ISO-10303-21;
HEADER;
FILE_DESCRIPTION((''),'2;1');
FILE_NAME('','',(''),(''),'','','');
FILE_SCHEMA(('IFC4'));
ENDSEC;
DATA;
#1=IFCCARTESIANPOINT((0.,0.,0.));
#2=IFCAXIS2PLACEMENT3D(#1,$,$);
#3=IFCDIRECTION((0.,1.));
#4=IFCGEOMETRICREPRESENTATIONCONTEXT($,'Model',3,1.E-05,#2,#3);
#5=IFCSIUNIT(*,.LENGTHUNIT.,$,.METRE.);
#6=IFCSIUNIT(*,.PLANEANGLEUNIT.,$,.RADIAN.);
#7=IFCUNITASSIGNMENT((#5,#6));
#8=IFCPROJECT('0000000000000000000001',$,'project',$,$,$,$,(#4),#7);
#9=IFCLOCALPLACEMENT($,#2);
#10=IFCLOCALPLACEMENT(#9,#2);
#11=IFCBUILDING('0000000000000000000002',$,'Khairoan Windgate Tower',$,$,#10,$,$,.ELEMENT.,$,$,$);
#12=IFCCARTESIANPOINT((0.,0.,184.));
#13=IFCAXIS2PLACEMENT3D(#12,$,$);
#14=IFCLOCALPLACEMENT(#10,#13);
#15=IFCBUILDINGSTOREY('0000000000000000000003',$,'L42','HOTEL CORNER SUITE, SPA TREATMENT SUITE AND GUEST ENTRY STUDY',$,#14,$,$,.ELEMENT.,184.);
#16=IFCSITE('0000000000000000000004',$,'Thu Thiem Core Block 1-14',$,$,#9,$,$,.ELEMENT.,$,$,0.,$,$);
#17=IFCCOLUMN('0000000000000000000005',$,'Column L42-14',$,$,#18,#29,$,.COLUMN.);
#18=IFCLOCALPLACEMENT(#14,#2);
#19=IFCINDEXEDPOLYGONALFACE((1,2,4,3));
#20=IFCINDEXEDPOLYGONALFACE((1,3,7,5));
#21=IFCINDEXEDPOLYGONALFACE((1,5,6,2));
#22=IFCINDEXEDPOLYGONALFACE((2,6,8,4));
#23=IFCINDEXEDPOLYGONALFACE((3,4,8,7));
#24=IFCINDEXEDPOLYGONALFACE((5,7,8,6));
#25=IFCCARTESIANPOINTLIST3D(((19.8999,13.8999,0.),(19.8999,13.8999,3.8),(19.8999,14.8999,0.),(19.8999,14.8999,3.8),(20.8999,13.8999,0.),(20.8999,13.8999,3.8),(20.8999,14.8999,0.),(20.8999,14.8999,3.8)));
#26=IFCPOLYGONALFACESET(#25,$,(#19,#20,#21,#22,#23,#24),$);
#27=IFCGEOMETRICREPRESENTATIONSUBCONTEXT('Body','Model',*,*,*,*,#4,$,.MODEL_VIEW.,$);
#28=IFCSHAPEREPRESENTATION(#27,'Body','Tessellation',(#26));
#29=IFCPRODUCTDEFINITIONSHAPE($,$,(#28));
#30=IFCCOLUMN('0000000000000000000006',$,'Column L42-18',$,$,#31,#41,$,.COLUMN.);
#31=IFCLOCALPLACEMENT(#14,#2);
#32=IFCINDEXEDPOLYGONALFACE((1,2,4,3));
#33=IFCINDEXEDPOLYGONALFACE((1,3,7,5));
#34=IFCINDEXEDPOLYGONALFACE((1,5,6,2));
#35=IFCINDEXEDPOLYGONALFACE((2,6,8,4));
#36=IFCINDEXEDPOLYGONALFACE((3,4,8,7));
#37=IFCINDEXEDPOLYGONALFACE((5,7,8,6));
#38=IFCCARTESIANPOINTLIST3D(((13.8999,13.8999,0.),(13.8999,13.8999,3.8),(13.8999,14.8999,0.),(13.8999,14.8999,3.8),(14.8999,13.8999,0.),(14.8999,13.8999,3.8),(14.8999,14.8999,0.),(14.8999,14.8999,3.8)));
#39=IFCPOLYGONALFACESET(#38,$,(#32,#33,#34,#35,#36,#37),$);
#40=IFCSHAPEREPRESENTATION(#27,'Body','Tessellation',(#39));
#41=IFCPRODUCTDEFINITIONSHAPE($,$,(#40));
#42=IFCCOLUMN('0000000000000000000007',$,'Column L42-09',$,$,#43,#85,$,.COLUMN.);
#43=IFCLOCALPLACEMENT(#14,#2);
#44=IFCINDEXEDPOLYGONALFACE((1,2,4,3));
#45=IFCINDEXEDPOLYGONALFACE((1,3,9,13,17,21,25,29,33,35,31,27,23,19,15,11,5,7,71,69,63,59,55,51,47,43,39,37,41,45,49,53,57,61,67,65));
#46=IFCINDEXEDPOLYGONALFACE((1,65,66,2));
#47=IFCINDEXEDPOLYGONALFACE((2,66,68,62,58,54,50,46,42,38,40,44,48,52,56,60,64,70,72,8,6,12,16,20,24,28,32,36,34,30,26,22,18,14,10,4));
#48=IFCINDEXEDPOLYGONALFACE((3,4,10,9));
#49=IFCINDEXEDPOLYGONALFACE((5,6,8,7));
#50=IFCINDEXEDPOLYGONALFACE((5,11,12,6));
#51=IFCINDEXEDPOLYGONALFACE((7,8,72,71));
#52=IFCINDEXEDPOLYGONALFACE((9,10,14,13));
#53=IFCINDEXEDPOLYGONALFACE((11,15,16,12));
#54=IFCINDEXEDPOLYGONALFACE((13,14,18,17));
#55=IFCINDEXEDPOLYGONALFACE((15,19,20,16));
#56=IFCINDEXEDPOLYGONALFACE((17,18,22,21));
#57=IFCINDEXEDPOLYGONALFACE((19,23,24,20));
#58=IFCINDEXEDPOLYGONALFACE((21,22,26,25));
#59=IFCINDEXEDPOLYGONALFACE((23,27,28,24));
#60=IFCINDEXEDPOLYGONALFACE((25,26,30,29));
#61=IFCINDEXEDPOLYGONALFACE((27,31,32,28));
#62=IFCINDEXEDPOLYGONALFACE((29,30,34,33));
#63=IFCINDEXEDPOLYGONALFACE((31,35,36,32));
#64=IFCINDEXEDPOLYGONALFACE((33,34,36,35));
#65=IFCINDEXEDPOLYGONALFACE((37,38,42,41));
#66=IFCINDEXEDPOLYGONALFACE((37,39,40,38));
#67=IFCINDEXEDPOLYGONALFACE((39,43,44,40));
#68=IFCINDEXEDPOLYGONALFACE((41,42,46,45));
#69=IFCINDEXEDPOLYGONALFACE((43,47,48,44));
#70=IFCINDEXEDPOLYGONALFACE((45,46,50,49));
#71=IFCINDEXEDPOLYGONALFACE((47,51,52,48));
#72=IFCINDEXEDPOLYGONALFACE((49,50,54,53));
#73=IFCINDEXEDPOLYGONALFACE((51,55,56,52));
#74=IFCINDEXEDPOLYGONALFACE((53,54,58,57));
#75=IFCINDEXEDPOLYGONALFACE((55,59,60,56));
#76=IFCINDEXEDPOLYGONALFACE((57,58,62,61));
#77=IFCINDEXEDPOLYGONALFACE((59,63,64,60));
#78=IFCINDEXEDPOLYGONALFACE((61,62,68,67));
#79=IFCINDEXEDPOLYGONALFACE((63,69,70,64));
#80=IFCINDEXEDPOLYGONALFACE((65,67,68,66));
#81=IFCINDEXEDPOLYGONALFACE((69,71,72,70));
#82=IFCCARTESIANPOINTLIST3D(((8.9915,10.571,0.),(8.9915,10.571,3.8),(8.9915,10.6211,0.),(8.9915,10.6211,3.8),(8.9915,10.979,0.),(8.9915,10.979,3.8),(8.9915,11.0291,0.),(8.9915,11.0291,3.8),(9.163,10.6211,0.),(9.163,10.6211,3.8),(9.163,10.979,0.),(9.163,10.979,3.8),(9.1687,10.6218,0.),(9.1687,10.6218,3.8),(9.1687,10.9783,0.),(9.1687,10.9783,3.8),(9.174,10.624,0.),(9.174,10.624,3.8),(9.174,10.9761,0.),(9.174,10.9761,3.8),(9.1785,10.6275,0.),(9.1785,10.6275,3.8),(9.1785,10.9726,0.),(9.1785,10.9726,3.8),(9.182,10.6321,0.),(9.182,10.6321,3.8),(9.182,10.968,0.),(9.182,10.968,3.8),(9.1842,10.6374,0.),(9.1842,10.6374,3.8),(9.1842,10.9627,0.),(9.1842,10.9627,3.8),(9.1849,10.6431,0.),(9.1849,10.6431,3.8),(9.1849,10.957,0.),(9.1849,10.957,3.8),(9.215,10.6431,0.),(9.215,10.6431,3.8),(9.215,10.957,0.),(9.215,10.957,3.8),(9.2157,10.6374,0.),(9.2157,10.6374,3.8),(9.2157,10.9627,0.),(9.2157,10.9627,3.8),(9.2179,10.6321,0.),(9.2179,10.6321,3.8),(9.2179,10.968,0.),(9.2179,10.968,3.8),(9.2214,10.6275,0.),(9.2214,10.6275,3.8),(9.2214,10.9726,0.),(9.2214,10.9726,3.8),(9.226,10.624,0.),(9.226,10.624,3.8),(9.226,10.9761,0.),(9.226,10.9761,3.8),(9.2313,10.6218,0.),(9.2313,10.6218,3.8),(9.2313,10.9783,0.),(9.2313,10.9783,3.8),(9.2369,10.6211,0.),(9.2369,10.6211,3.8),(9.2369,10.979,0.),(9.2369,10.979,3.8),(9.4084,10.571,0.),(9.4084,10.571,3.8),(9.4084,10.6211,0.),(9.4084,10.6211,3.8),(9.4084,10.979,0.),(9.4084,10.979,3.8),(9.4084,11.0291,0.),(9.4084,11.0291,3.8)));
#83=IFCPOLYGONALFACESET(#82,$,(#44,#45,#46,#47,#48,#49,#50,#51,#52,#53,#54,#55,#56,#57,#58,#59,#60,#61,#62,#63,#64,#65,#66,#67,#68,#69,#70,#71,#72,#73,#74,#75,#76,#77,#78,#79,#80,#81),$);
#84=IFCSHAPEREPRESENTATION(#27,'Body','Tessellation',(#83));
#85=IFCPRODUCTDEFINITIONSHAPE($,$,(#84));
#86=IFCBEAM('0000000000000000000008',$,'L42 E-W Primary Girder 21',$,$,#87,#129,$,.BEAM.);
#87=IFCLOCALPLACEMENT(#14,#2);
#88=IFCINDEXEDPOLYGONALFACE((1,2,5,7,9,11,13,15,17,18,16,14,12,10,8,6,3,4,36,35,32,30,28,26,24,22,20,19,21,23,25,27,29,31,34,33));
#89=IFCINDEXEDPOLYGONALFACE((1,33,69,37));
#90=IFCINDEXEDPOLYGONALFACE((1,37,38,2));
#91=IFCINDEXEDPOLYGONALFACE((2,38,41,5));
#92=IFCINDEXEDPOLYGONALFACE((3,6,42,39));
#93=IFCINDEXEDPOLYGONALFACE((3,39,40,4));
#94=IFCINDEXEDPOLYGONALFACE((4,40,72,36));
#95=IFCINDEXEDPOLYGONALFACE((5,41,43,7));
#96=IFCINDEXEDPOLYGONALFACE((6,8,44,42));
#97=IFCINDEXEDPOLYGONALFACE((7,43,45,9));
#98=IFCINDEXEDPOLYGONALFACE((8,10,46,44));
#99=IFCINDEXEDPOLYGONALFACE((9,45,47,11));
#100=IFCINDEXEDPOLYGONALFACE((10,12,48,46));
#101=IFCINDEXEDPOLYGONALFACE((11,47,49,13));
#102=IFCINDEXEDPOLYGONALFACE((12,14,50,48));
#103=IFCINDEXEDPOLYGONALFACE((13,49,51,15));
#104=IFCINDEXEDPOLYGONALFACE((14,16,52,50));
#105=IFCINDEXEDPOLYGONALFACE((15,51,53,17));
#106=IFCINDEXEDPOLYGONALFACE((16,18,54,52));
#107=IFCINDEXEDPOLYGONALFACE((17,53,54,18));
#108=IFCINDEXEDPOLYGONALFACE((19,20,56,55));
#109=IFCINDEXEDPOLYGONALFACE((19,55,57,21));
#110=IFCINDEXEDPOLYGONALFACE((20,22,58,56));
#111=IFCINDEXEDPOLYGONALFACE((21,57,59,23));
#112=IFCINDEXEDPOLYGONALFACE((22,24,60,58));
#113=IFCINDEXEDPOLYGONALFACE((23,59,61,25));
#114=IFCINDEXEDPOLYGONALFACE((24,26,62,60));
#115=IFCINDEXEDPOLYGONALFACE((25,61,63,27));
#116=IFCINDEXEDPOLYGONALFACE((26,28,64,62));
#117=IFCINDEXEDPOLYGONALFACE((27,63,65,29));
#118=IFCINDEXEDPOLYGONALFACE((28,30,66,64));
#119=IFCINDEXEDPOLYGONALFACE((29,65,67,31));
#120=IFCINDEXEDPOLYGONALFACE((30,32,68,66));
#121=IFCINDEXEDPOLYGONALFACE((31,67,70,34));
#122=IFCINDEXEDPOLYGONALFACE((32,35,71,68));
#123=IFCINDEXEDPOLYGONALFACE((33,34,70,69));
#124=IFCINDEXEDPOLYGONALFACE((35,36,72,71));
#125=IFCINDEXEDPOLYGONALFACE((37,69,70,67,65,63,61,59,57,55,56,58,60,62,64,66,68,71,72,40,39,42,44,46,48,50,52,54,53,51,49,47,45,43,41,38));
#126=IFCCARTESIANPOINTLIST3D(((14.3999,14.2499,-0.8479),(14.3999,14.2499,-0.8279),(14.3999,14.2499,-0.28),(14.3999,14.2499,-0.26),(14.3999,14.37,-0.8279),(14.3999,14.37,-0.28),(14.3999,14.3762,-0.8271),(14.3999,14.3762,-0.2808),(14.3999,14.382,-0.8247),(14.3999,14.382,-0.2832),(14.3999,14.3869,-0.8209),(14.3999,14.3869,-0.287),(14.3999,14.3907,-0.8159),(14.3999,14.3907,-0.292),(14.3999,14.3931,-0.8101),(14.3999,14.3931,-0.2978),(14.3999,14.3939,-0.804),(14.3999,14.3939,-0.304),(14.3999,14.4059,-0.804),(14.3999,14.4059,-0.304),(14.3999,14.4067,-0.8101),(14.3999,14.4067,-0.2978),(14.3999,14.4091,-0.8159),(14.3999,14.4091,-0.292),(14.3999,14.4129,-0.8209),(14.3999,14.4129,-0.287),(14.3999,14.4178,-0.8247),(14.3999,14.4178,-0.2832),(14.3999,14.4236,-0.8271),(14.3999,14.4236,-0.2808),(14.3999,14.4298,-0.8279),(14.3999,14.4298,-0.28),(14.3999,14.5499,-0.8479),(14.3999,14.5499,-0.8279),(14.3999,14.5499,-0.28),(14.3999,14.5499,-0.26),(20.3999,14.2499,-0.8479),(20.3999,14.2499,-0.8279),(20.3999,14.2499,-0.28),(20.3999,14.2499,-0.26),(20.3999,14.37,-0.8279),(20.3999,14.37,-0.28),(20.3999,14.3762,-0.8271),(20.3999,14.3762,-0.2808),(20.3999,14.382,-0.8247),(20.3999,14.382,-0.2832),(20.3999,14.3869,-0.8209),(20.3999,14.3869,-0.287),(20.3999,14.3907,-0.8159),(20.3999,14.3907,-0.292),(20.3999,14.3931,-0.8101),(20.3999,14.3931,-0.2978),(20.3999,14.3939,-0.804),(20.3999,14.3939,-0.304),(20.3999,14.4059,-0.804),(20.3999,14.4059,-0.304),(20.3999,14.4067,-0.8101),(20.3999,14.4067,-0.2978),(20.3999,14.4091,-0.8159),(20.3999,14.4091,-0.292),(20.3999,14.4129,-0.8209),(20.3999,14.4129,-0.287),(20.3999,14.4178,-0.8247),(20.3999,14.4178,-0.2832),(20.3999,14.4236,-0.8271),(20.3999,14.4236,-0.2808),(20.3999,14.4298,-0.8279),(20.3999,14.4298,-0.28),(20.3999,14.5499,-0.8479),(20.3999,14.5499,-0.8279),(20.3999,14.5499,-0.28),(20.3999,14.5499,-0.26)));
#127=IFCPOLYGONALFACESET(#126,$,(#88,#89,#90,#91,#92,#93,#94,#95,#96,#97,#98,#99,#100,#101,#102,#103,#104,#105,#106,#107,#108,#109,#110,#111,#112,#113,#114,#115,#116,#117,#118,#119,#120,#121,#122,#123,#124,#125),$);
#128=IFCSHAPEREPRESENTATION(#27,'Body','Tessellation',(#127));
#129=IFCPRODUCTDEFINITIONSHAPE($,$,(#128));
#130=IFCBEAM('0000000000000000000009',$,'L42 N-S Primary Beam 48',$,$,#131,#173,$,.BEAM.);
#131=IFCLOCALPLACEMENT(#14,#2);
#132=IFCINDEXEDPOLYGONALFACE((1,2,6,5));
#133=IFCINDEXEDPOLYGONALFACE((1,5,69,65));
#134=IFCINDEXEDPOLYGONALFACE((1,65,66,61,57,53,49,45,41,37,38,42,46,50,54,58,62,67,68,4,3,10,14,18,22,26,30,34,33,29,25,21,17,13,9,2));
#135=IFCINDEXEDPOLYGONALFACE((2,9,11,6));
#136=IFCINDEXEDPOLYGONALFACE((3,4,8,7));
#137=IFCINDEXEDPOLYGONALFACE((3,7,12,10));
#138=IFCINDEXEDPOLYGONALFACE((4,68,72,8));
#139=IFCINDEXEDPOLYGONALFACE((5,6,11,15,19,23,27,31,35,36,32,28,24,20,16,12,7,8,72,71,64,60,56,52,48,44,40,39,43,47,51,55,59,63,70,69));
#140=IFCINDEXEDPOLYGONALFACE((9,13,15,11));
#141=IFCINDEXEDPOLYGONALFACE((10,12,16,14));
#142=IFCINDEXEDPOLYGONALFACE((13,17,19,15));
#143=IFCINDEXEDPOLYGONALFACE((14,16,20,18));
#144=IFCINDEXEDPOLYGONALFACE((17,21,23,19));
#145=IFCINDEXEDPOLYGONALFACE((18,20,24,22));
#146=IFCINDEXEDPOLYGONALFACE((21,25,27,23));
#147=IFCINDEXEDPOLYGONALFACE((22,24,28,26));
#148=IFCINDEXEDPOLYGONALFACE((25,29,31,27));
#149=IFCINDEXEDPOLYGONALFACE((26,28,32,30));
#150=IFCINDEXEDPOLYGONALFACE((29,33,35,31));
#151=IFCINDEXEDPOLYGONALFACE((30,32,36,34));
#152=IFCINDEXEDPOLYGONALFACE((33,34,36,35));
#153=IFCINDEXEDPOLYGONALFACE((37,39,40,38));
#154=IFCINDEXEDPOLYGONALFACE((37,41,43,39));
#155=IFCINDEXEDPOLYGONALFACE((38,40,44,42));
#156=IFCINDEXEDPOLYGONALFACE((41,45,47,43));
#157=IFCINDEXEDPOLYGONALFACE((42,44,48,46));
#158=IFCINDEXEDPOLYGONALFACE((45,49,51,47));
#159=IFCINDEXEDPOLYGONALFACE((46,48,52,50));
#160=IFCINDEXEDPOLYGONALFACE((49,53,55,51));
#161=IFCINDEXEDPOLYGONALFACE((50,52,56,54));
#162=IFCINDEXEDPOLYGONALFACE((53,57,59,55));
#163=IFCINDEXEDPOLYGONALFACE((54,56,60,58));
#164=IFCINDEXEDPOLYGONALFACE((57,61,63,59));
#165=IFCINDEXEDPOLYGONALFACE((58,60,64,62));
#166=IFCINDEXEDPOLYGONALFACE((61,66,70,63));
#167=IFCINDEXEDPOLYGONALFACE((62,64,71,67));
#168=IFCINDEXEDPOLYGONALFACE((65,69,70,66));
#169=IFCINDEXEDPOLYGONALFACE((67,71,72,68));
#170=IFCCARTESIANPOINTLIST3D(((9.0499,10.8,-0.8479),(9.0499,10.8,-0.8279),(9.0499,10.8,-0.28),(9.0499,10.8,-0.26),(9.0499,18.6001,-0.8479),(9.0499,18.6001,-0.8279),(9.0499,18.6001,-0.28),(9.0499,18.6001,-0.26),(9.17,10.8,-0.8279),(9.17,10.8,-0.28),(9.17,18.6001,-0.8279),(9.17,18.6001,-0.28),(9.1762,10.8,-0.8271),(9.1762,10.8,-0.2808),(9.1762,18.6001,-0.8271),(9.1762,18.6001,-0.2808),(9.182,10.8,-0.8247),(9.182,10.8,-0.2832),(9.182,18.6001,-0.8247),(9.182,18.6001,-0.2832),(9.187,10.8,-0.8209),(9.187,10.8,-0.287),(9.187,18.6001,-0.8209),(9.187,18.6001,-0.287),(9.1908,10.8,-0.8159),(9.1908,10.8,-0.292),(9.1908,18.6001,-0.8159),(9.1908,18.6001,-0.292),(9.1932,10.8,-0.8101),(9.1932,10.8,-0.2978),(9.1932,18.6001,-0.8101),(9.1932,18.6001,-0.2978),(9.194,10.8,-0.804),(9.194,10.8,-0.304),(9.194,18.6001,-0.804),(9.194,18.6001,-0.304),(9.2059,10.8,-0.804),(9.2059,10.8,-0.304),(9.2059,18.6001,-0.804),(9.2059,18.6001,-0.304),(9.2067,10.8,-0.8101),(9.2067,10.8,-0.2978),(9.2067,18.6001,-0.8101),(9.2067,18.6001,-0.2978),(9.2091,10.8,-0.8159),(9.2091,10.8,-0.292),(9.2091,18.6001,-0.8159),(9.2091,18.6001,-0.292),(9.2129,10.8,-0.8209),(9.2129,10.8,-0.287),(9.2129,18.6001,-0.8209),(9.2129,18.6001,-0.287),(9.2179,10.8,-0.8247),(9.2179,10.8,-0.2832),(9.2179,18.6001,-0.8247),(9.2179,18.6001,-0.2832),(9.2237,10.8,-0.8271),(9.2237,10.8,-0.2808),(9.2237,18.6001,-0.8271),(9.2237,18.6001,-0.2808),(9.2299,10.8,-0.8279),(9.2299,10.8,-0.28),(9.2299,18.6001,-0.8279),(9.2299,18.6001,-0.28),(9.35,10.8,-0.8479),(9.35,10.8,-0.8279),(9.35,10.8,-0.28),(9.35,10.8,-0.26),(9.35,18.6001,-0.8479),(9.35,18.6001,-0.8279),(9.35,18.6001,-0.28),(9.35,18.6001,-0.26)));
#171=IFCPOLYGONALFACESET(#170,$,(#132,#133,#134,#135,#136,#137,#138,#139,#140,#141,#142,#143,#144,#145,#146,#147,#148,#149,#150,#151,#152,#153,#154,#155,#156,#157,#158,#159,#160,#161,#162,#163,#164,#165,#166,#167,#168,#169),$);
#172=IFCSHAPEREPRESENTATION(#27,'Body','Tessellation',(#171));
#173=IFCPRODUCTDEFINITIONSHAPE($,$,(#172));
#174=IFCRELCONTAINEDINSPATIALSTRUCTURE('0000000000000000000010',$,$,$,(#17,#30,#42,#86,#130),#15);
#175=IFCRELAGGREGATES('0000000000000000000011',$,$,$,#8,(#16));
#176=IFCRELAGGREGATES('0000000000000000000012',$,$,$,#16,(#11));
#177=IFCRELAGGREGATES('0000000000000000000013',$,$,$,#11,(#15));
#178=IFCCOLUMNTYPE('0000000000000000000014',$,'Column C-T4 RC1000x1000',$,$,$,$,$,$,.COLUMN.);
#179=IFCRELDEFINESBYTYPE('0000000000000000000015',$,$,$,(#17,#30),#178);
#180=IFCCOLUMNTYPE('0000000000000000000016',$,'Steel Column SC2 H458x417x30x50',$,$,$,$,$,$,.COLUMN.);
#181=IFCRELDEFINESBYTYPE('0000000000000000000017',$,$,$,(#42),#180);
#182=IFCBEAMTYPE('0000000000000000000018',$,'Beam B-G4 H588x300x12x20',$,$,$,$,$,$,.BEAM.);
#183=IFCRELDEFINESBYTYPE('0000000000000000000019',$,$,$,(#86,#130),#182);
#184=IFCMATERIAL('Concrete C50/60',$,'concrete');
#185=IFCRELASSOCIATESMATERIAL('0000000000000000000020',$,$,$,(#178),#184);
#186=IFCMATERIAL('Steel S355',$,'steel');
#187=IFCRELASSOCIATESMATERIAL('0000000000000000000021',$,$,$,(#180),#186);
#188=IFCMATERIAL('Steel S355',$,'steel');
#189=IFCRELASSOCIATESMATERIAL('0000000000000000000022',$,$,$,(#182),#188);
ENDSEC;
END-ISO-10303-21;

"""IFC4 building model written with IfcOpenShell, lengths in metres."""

from ifc_helpers import new_model, si_unit, direction, frame, origin, origin_2d, place, context, subcontext, project, spatial, rectangle, i_section, extrude, material, material_profile, profile_set, type_object, element, save


model = new_model("IFC4")

# Units and contexts
model_context = context("Model", 3, precision=1e-05, world=origin(), true_north=direction((0.0, 1.0)))
body_context = subcontext(model_context, "Body", "Model", "MODEL_VIEW")
ifc_project = project(units=[si_unit("LENGTHUNIT", "METRE"), si_unit("PLANEANGLEUNIT", "RADIAN")], contexts=[model_context])

# Site, building, storey
site_placement = place(None, origin())
site = spatial("IfcSite", under=ifc_project, at=site_placement, Name="Thu Thiem Core Block 1-14", CompositionType="ELEMENT", RefElevation=0.0)
building_placement = place(site_placement, origin())
building = spatial("IfcBuilding", under=site, at=building_placement, Name="Khairoan Windgate Tower", CompositionType="ELEMENT")
storey_placement = place(building_placement, frame((0.0, 0.0, 184.0)))
storey = spatial("IfcBuildingStorey", under=building, at=storey_placement, Name="L42", Description="HOTEL CORNER SUITE, SPA TREATMENT SUITE AND GUEST ENTRY STUDY", CompositionType="ELEMENT", Elevation=184.0)

# Columns
ifc_material_1 = material(Name="Concrete C50/60", Category="concrete")
ifc_material_profile_1 = material_profile(ifc_material_1, rectangle(XDim=1.0, YDim=1.0, at=origin_2d()))
ifc_profile_set_1 = profile_set([ifc_material_profile_1], Name="Concrete C50/60")
column_type_1 = type_object("IfcColumnType", Name="Column C-T4 RC1000x1000", PredefinedType="COLUMN", material=ifc_profile_set_1)
for number, where, z_axis, x_axis, name in (
    (1, (20.3999, 14.3999, 0.0), (0.0, 0.0, 1.0), (1.0, 0.0, 0.0), "Column L42-14"),
    (2, (14.3999, 14.3999, 0.0), (0.0, 0.0, 1.0), (1.0, 0.0, 0.0), "Column L42-18"),
):
    element("IfcColumn", number, at=place(storey_placement, frame(where, z_axis=z_axis, x_axis=x_axis)), inside=storey, type_object=column_type_1, Name=name, PredefinedType="COLUMN", context=body_context, shape_type="SweptSolid", body=[
        extrude(rectangle(XDim=1.0, YDim=1.0, at=origin_2d()), origin(), (0.0, 0.0, 1.0), 3.8),
    ])
ifc_material_2 = material(Name="Steel S355", Category="steel")
ifc_material_profile_2 = material_profile(ifc_material_2, i_section(OverallWidth=0.417, OverallDepth=0.458, WebThickness=0.03, FlangeThickness=0.05, FilletRadius=0.022, at=origin_2d()))
ifc_profile_set_2 = profile_set([ifc_material_profile_2], Name="Steel S355")
column_type_2 = type_object("IfcColumnType", Name="Steel Column SC2 H458x417x30x50", PredefinedType="COLUMN", material=ifc_profile_set_2)
column_placement = place(storey_placement, frame((9.2, 10.8, 0.0), z_axis=(0.0, 0.0, 1.0), x_axis=(1.0, 0.0, 0.0)))
element("IfcColumn", 3, at=column_placement, inside=storey, type_object=column_type_2, Name="Column L42-09", PredefinedType="COLUMN", context=body_context, shape_type="SweptSolid", body=[
    extrude(i_section(OverallWidth=0.417, OverallDepth=0.458, WebThickness=0.03, FlangeThickness=0.05, FilletRadius=0.022, at=origin_2d()), origin(), (0.0, 0.0, 1.0), 3.8),
])

# Beams
ifc_material_3 = material(Name="Steel S355", Category="steel")
ifc_material_profile_3 = material_profile(ifc_material_3, i_section(OverallWidth=0.3, OverallDepth=0.5879, WebThickness=0.012, FlangeThickness=0.02, FilletRadius=0.0239, at=origin_2d()))
ifc_profile_set_3 = profile_set([ifc_material_profile_3], Name="Steel S355")
beam_type = type_object("IfcBeamType", Name="Beam B-G4 H588x300x12x20", PredefinedType="BEAM", material=ifc_profile_set_3)
beam_1_placement = place(storey_placement, frame((14.3999, 14.3999, -0.554), z_axis=(1.0, 0.0, 0.0), x_axis=(0.0, 1.0, 0.0)))
element("IfcBeam", 4, at=beam_1_placement, inside=storey, type_object=beam_type, Name="L42 E-W Primary Girder 21", PredefinedType="BEAM", context=body_context, shape_type="SweptSolid", body=[
    extrude(i_section(OverallWidth=0.3, OverallDepth=0.5879, WebThickness=0.012, FlangeThickness=0.02, FilletRadius=0.0239, at=origin_2d()), origin(), (0.0, 0.0, 1.0), 6.0),
])
beam_2_placement = place(storey_placement, frame((9.2, 10.8, -0.554), z_axis=(0.0, 1.0, 0.0), x_axis=(-1.0, 0.0, 0.0)))
element("IfcBeam", 5, at=beam_2_placement, inside=storey, type_object=beam_type, Name="L42 N-S Primary Beam 48", PredefinedType="BEAM", context=body_context, shape_type="SweptSolid", body=[
    extrude(i_section(OverallWidth=0.3, OverallDepth=0.5879, WebThickness=0.012, FlangeThickness=0.02, FilletRadius=0.0239, at=origin_2d()), origin(), (0.0, 0.0, 1.0), 7.8),
])

save(model, "model.ifc")
